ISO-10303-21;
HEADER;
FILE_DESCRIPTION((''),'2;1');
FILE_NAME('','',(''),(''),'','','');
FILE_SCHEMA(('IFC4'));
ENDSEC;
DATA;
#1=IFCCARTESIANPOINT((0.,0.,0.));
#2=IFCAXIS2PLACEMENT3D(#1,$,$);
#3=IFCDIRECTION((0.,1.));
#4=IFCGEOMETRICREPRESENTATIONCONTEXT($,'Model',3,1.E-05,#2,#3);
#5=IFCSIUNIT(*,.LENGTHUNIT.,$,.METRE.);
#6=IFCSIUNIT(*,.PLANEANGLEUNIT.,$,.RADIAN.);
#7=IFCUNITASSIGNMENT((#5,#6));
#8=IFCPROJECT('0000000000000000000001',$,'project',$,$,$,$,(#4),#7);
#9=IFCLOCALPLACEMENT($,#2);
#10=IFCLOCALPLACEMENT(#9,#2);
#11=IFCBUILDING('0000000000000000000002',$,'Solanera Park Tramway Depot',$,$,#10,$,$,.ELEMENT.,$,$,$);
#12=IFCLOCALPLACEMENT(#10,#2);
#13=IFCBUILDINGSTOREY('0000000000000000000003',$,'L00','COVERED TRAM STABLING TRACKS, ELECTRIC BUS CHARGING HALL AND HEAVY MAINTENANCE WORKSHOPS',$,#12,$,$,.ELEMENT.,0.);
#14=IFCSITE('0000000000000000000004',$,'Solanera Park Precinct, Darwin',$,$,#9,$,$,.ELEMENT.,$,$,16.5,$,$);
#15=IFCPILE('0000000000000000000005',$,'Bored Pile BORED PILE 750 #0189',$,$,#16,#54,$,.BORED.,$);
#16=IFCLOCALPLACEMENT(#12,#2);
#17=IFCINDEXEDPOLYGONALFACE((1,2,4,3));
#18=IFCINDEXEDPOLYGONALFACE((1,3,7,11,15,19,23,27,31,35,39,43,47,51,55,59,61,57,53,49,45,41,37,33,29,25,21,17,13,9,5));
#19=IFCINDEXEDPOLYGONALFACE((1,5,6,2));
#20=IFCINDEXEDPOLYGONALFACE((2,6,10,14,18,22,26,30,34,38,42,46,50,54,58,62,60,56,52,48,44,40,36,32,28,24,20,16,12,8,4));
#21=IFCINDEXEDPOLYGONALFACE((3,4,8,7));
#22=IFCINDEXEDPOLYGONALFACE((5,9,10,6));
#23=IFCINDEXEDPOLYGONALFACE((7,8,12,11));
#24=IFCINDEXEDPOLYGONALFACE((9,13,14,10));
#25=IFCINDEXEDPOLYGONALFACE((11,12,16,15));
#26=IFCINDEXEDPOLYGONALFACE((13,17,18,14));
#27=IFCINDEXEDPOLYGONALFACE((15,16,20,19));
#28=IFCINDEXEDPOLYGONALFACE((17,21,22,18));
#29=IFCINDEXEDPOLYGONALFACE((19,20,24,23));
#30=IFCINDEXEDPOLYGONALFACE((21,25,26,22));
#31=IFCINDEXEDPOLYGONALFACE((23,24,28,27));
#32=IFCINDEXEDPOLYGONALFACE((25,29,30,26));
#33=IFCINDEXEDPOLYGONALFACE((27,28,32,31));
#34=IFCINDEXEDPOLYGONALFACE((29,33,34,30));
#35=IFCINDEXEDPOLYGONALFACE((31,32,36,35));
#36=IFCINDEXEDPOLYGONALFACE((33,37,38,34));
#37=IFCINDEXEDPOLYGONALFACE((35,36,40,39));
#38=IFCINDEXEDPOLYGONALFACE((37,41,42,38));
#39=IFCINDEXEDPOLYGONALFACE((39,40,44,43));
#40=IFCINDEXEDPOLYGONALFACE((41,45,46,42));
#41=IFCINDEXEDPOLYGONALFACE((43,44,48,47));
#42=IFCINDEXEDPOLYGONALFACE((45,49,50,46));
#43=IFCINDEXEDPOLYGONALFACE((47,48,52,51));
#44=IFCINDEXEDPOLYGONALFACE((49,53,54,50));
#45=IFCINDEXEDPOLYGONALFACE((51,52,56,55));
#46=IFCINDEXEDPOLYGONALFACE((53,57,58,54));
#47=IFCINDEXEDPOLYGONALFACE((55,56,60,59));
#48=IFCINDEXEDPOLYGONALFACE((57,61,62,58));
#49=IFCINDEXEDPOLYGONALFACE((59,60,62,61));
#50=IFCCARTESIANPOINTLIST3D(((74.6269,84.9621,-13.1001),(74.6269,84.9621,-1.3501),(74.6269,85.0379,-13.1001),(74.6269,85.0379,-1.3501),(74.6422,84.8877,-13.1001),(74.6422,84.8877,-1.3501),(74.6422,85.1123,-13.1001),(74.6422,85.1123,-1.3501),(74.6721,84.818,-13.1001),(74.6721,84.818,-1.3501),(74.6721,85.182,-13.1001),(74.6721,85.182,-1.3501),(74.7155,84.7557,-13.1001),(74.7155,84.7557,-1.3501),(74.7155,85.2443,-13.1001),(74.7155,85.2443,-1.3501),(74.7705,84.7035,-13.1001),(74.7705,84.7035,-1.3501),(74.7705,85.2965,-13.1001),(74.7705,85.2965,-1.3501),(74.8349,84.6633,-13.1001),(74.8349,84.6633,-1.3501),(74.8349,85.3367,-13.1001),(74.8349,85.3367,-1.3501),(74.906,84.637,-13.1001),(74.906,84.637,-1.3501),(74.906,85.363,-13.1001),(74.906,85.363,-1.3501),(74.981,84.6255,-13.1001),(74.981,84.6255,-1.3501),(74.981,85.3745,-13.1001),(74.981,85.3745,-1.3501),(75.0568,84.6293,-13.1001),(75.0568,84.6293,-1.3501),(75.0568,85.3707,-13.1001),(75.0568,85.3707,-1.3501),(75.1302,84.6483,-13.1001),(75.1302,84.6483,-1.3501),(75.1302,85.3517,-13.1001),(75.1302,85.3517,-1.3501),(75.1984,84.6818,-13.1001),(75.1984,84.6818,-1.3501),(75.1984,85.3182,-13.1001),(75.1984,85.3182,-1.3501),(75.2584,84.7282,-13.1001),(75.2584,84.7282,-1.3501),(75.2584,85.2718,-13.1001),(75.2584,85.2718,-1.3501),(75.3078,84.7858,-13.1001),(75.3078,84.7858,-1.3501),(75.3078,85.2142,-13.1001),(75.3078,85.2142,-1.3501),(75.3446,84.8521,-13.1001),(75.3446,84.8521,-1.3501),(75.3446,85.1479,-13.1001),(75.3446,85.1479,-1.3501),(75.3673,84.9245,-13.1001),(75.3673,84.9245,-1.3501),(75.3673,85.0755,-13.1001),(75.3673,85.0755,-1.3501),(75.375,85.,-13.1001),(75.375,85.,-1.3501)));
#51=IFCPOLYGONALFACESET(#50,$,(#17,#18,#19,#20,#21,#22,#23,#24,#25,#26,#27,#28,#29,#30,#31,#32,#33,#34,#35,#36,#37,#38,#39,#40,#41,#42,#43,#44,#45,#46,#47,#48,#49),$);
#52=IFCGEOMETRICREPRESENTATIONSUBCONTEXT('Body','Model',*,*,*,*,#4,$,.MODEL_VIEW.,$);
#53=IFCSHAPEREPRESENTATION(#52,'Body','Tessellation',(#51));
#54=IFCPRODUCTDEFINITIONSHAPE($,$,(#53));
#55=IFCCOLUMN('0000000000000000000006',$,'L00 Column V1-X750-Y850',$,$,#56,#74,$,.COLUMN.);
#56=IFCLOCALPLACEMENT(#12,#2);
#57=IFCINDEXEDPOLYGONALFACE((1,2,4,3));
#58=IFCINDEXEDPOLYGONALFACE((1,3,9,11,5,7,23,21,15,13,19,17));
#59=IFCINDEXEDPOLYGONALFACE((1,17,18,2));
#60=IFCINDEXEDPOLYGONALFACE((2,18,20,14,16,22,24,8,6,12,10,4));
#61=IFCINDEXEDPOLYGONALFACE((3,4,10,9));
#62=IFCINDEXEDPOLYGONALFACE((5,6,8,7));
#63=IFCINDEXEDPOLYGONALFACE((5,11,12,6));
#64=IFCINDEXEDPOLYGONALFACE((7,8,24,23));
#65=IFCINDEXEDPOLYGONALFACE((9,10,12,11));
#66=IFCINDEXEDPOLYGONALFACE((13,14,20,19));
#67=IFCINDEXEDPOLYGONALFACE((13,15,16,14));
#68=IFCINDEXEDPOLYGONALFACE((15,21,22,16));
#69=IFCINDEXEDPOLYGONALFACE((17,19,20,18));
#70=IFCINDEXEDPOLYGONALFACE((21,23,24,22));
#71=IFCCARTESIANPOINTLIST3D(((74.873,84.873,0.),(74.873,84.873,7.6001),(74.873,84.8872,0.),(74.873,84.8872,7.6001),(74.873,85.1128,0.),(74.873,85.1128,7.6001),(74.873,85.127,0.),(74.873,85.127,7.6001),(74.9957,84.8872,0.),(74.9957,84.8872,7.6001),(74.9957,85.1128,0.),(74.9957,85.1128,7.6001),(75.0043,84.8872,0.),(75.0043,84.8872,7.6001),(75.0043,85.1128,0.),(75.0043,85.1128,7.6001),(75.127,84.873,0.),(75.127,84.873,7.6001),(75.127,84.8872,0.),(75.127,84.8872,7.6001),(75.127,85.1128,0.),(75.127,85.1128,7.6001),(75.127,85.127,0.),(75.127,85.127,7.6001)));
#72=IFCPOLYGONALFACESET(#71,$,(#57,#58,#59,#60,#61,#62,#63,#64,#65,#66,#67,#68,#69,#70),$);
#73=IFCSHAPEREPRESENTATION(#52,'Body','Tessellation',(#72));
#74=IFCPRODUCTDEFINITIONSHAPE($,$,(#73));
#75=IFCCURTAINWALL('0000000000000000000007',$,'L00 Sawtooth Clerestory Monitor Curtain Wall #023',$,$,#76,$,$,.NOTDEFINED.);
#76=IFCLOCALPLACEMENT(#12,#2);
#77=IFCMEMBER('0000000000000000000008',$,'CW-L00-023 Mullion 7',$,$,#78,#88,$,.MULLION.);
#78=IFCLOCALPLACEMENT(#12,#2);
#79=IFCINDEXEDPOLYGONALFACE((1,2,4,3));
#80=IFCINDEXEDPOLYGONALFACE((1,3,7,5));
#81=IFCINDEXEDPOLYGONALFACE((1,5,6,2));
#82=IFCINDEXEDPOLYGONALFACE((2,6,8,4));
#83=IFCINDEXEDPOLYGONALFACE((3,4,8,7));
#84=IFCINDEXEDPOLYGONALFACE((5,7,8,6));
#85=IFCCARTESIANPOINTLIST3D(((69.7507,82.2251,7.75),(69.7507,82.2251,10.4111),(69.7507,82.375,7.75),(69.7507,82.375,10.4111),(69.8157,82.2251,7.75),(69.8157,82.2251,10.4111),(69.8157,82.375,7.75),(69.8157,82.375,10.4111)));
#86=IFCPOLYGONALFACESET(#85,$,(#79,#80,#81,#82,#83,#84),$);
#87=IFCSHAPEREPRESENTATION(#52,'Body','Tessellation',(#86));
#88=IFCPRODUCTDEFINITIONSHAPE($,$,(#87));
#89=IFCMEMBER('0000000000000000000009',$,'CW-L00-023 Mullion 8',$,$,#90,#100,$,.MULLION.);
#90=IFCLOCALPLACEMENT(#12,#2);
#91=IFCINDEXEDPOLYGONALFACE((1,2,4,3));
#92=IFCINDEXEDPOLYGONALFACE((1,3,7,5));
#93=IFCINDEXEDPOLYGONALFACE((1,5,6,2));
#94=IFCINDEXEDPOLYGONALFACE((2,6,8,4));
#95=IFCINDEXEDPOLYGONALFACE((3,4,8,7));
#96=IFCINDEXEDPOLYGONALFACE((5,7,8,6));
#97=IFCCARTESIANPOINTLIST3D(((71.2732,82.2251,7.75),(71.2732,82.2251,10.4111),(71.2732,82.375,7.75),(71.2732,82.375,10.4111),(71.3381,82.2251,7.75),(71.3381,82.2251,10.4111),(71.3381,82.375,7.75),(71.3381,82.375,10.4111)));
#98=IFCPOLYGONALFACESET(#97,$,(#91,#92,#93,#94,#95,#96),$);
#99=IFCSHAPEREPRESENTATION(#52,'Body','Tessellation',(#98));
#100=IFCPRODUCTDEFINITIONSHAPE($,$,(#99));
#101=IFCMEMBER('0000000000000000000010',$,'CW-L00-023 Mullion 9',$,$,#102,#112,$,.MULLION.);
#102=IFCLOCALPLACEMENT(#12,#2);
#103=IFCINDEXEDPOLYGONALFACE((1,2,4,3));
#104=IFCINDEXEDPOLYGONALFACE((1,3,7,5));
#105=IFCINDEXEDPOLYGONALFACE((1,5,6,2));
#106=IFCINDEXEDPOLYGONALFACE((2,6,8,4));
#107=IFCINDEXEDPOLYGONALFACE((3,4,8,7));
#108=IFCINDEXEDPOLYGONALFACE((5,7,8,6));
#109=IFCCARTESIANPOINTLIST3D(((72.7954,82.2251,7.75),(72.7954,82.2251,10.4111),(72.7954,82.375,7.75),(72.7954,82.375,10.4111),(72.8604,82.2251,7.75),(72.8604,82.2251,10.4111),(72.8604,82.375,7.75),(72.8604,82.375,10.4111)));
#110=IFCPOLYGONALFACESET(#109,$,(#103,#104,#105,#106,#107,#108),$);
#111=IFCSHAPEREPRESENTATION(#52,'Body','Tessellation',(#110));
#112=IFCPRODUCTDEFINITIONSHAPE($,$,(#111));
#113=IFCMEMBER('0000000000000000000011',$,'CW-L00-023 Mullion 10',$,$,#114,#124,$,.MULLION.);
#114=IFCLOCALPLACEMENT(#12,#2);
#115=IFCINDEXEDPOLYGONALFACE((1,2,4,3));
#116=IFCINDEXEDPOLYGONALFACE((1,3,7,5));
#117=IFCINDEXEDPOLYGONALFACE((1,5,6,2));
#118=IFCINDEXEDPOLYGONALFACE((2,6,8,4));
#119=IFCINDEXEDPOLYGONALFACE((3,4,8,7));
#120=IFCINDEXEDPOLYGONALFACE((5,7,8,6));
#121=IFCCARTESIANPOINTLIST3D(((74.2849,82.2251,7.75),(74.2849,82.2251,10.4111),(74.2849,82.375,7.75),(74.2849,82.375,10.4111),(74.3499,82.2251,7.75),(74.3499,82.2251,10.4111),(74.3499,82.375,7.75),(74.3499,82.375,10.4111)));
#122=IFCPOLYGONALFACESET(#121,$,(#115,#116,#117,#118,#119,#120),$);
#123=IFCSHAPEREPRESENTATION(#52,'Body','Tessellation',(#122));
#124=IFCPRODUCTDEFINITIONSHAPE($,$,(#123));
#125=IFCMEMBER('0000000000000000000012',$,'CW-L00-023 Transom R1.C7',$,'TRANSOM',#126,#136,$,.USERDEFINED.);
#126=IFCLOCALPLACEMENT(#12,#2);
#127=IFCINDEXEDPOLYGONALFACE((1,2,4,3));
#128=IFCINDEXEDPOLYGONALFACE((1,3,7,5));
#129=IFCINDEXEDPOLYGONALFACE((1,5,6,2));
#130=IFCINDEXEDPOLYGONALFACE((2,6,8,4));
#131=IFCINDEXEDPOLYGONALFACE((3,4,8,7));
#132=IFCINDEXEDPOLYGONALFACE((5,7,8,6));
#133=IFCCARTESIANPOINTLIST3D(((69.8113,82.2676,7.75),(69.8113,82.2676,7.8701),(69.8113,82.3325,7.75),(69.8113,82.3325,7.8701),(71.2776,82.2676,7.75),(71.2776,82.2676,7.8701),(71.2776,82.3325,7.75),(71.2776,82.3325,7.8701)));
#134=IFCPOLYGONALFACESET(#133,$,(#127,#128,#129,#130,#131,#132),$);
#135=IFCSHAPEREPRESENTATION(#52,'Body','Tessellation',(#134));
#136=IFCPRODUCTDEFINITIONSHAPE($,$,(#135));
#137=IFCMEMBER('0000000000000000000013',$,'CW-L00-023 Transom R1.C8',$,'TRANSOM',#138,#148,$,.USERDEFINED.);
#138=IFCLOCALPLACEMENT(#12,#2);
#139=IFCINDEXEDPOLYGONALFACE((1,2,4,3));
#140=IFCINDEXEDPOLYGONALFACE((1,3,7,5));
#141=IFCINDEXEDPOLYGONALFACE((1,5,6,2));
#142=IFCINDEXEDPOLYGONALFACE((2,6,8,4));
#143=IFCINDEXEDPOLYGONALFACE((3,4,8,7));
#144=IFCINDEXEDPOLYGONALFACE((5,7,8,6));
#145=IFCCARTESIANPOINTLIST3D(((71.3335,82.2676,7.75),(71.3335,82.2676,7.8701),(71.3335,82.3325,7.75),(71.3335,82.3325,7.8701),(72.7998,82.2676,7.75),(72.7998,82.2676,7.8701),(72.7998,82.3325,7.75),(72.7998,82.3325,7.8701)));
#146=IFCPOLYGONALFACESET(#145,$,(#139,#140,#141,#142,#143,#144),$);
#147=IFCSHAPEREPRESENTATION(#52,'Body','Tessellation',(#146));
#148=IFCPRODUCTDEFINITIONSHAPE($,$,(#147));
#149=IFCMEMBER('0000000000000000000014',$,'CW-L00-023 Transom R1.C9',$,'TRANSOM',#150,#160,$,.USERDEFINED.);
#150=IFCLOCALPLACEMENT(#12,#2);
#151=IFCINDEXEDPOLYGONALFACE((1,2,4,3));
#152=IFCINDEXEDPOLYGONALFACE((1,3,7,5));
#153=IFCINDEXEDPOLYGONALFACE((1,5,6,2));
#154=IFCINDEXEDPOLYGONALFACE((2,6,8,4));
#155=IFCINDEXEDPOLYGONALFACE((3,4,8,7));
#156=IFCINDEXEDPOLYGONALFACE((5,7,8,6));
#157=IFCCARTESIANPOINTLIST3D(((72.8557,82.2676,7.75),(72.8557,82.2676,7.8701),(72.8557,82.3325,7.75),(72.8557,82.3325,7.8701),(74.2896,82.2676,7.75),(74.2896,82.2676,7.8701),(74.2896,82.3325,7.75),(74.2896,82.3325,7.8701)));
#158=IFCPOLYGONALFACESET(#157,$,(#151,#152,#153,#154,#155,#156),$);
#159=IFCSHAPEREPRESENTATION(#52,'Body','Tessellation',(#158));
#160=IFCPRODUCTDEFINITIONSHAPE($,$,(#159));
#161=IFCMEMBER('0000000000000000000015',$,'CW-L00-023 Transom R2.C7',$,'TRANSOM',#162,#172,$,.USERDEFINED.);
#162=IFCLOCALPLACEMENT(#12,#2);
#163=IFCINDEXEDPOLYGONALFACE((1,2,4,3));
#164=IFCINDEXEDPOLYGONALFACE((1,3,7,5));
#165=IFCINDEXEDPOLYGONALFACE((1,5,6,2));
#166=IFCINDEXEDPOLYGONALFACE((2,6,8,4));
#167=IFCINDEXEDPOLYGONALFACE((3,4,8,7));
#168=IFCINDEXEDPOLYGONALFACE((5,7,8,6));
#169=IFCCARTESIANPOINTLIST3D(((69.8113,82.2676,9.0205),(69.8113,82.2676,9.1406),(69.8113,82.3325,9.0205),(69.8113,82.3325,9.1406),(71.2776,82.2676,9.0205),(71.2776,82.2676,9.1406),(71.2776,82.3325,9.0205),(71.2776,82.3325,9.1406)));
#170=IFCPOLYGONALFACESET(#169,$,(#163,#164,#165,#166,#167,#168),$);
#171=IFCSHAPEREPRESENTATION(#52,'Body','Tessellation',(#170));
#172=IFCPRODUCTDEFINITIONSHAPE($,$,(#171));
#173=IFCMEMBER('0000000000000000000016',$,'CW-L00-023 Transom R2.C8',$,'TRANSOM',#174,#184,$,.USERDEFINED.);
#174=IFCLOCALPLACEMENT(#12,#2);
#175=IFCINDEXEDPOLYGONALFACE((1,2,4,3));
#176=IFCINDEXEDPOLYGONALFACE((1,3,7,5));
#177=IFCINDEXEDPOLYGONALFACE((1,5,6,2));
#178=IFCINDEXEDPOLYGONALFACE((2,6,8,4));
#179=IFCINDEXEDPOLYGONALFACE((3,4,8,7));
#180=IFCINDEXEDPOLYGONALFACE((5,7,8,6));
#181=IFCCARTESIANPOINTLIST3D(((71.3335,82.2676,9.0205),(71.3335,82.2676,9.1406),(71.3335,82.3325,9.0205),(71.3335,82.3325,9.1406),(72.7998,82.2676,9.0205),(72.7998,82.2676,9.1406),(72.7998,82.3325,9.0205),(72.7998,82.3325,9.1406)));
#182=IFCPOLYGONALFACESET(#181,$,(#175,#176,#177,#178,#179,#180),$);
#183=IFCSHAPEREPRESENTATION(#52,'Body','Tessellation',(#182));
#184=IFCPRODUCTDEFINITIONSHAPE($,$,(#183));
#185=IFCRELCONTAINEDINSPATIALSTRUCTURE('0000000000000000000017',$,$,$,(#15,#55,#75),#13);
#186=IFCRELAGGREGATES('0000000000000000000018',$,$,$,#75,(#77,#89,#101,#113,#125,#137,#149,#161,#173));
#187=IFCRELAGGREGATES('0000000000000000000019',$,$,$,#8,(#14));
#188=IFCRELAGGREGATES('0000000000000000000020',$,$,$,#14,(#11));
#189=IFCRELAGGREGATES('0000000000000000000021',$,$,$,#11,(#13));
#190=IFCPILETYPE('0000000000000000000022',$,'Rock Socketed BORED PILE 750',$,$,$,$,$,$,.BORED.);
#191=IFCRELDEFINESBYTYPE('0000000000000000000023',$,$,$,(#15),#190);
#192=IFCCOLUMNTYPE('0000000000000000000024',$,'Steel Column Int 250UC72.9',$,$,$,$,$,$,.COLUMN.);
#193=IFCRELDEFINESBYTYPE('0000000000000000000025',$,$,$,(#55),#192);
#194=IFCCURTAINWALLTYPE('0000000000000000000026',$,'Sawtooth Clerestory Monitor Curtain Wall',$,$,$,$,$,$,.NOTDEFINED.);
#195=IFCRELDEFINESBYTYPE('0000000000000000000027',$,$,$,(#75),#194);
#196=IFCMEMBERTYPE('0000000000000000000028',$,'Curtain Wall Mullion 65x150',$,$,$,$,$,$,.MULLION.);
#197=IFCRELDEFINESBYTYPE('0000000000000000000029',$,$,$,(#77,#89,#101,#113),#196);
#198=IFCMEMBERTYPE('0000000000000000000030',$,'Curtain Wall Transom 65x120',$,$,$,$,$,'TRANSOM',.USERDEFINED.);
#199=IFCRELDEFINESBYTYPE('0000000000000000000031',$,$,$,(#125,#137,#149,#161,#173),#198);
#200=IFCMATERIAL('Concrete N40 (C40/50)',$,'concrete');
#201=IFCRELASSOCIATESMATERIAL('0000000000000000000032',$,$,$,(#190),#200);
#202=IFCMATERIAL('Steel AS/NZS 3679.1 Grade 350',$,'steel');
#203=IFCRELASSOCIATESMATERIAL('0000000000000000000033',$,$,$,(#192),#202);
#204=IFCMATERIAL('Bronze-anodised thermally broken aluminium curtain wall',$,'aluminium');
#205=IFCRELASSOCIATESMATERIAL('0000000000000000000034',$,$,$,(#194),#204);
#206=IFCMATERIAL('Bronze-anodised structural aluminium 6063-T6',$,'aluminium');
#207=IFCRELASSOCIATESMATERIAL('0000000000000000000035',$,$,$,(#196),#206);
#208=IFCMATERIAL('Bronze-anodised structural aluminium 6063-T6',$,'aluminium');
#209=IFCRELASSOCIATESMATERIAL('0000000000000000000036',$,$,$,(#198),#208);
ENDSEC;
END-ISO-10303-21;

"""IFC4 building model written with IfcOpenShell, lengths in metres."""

from ifc_helpers import new_model, si_unit, direction, frame, origin, origin_2d, place, context, subcontext, project, spatial, rectangle, circle, i_section, extrude, material, material_profile, profile_set, type_object, element, aggregate, save


model = new_model("IFC4")

# Units and contexts
model_context = context("Model", 3, precision=1e-05, world=origin(), true_north=direction((0.0, 1.0)))
body_context = subcontext(model_context, "Body", "Model", "MODEL_VIEW")
ifc_project = project(units=[si_unit("LENGTHUNIT", "METRE"), si_unit("PLANEANGLEUNIT", "RADIAN")], contexts=[model_context])

# Site, building, storey
site_placement = place(None, origin())
site = spatial("IfcSite", under=ifc_project, at=site_placement, Name="Solanera Park Precinct, Darwin", CompositionType="ELEMENT", RefElevation=16.5)
building_placement = place(site_placement, origin())
building = spatial("IfcBuilding", under=site, at=building_placement, Name="Solanera Park Tramway Depot", CompositionType="ELEMENT")
storey_placement = place(building_placement, origin())
storey = spatial("IfcBuildingStorey", under=building, at=storey_placement, Name="L00", Description="COVERED TRAM STABLING TRACKS, ELECTRIC BUS CHARGING HALL AND HEAVY MAINTENANCE WORKSHOPS", CompositionType="ELEMENT", Elevation=0.0)

# Pile
ifc_material_1 = material(Name="Concrete N40 (C40/50)", Category="concrete")
ifc_material_profile_1 = material_profile(ifc_material_1, circle(Radius=0.375, at=origin_2d()), Name="BORED PILE 750")
ifc_profile_set_1 = profile_set([ifc_material_profile_1], Name="Concrete N40 (C40/50)")
pile_type = type_object("IfcPileType", Name="Rock Socketed BORED PILE 750", PredefinedType="BORED", material=ifc_profile_set_1)
pile_placement = place(storey_placement, frame((75.0, 85.0, -1.3501), z_axis=(0.0, 0.0, -1.0), x_axis=(1.0, 0.0, 0.0)))
element("IfcPile", 1, at=pile_placement, inside=storey, type_object=pile_type, Name="Bored Pile BORED PILE 750 #0189", PredefinedType="BORED", context=body_context, shape_type="SweptSolid", body=[
    extrude(circle(Radius=0.375, at=origin_2d()), origin(), (0.0, 0.0, 1.0), 11.75),
])

# Column
ifc_material_2 = material(Name="Steel AS/NZS 3679.1 Grade 350", Category="steel")
ifc_material_profile_2 = material_profile(ifc_material_2, i_section(OverallWidth=0.2539, OverallDepth=0.2539, WebThickness=0.0085, FlangeThickness=0.0142, at=origin_2d()), Name="250UC72.9")
ifc_profile_set_2 = profile_set([ifc_material_profile_2], Name="Steel AS/NZS 3679.1 Grade 350")
column_type = type_object("IfcColumnType", Name="Steel Column Int 250UC72.9", PredefinedType="COLUMN", material=ifc_profile_set_2)
column_placement = place(storey_placement, frame((75.0, 85.0, 0.0), z_axis=(0.0, 0.0, 1.0), x_axis=(1.0, 0.0, 0.0)))
element("IfcColumn", 2, at=column_placement, inside=storey, type_object=column_type, Name="L00 Column V1-X750-Y850", PredefinedType="COLUMN", context=body_context, shape_type="SweptSolid", body=[
    extrude(i_section(OverallWidth=0.2539, OverallDepth=0.2539, WebThickness=0.0085, FlangeThickness=0.0142, at=origin_2d()), origin(), (0.0, 0.0, 1.0), 7.6001),
])

# Curtain wall, members
ifc_material_3 = material(Name="Bronze-anodised thermally broken aluminium curtain wall", Category="aluminium")
curtain_wall_type = type_object("IfcCurtainWallType", Name="Sawtooth Clerestory Monitor Curtain Wall", PredefinedType="NOTDEFINED", material=ifc_material_3)
curtain_wall_placement = place(storey_placement, origin())
curtain_wall = element("IfcCurtainWall", 3, at=curtain_wall_placement, inside=storey, type_object=curtain_wall_type, Name="L00 Sawtooth Clerestory Monitor Curtain Wall #023", PredefinedType="NOTDEFINED")
ifc_material_4 = material(Name="Bronze-anodised structural aluminium 6063-T6", Category="aluminium")
ifc_material_profile_3 = material_profile(ifc_material_4, rectangle(XDim=0.0649, YDim=0.1499, at=origin_2d()), Name="Curtain Wall Mullion 65x150")
ifc_profile_set_3 = profile_set([ifc_material_profile_3], Name="Bronze-anodised structural aluminium 6063-T6")
member_type_1 = type_object("IfcMemberType", Name="Curtain Wall Mullion 65x150", PredefinedType="MULLION", material=ifc_profile_set_3)
member_1_placement = place(storey_placement, frame((69.7832, 82.3, 7.75), z_axis=(0.0, 0.0, 1.0), x_axis=(1.0, 0.0, 0.0)))
member_1 = element("IfcMember", 4, at=member_1_placement, type_object=member_type_1, Name="CW-L00-023 Mullion 7", PredefinedType="MULLION", context=body_context, shape_type="SweptSolid", body=[
    extrude(rectangle(XDim=0.0649, YDim=0.1499, at=origin_2d()), origin(), (0.0, 0.0, 1.0), 2.6611),
])
member_2_placement = place(storey_placement, frame((71.3057, 82.3, 7.75), z_axis=(0.0, 0.0, 1.0), x_axis=(1.0, 0.0, 0.0)))
member_2 = element("IfcMember", 5, at=member_2_placement, type_object=member_type_1, Name="CW-L00-023 Mullion 8", PredefinedType="MULLION", context=body_context, shape_type="SweptSolid", body=[
    extrude(rectangle(XDim=0.0649, YDim=0.1499, at=origin_2d()), origin(), (0.0, 0.0, 1.0), 2.6611),
])
member_3_placement = place(storey_placement, frame((72.8279, 82.3, 7.75), z_axis=(0.0, 0.0, 1.0), x_axis=(1.0, 0.0, 0.0)))
member_3 = element("IfcMember", 6, at=member_3_placement, type_object=member_type_1, Name="CW-L00-023 Mullion 9", PredefinedType="MULLION", context=body_context, shape_type="SweptSolid", body=[
    extrude(rectangle(XDim=0.0649, YDim=0.1499, at=origin_2d()), origin(), (0.0, 0.0, 1.0), 2.6611),
])
member_4_placement = place(storey_placement, frame((74.3174, 82.3, 7.75), z_axis=(0.0, 0.0, 1.0), x_axis=(1.0, 0.0, 0.0)))
member_4 = element("IfcMember", 7, at=member_4_placement, type_object=member_type_1, Name="CW-L00-023 Mullion 10", PredefinedType="MULLION", context=body_context, shape_type="SweptSolid", body=[
    extrude(rectangle(XDim=0.0649, YDim=0.1499, at=origin_2d()), origin(), (0.0, 0.0, 1.0), 2.6611),
])
ifc_material_5 = material(Name="Bronze-anodised structural aluminium 6063-T6", Category="aluminium")
ifc_material_profile_4 = material_profile(ifc_material_5, rectangle(XDim=0.0649, YDim=0.1201, at=origin_2d()), Name="Curtain Wall Transom 65x120")
ifc_profile_set_4 = profile_set([ifc_material_profile_4], Name="Bronze-anodised structural aluminium 6063-T6")
member_type_2 = type_object("IfcMemberType", Name="Curtain Wall Transom 65x120", ElementType="TRANSOM", PredefinedType="USERDEFINED", material=ifc_profile_set_4)
member_5_placement = place(storey_placement, frame((69.8113, 82.3, 7.8101), z_axis=(1.0, 0.0, 0.0), x_axis=(0.0, 1.0, 0.0)))
member_5 = element("IfcMember", 8, at=member_5_placement, type_object=member_type_2, Name="CW-L00-023 Transom R1.C7", ObjectType="TRANSOM", PredefinedType="USERDEFINED", context=body_context, shape_type="SweptSolid", body=[
    extrude(rectangle(XDim=0.0649, YDim=0.1201, at=origin_2d()), origin(), (0.0, 0.0, 1.0), 1.4663),
])
member_6_placement = place(storey_placement, frame((71.3335, 82.3, 7.8101), z_axis=(1.0, 0.0, 0.0), x_axis=(0.0, 1.0, 0.0)))
member_6 = element("IfcMember", 9, at=member_6_placement, type_object=member_type_2, Name="CW-L00-023 Transom R1.C8", ObjectType="TRANSOM", PredefinedType="USERDEFINED", context=body_context, shape_type="SweptSolid", body=[
    extrude(rectangle(XDim=0.0649, YDim=0.1201, at=origin_2d()), origin(), (0.0, 0.0, 1.0), 1.4663),
])
member_7_placement = place(storey_placement, frame((72.8557, 82.3, 7.8101), z_axis=(1.0, 0.0, 0.0), x_axis=(0.0, 1.0, 0.0)))
member_7 = element("IfcMember", 10, at=member_7_placement, type_object=member_type_2, Name="CW-L00-023 Transom R1.C9", ObjectType="TRANSOM", PredefinedType="USERDEFINED", context=body_context, shape_type="SweptSolid", body=[
    extrude(rectangle(XDim=0.0649, YDim=0.1201, at=origin_2d()), origin(), (0.0, 0.0, 1.0), 1.4338),
])
member_8_placement = place(storey_placement, frame((69.8113, 82.3, 9.0806), z_axis=(1.0, 0.0, 0.0), x_axis=(0.0, 1.0, 0.0)))
member_8 = element("IfcMember", 11, at=member_8_placement, type_object=member_type_2, Name="CW-L00-023 Transom R2.C7", ObjectType="TRANSOM", PredefinedType="USERDEFINED", context=body_context, shape_type="SweptSolid", body=[
    extrude(rectangle(XDim=0.0649, YDim=0.1201, at=origin_2d()), origin(), (0.0, 0.0, 1.0), 1.4663),
])
member_9_placement = place(storey_placement, frame((71.3335, 82.3, 9.0806), z_axis=(1.0, 0.0, 0.0), x_axis=(0.0, 1.0, 0.0)))
member_9 = element("IfcMember", 12, at=member_9_placement, type_object=member_type_2, Name="CW-L00-023 Transom R2.C8", ObjectType="TRANSOM", PredefinedType="USERDEFINED", context=body_context, shape_type="SweptSolid", body=[
    extrude(rectangle(XDim=0.0649, YDim=0.1201, at=origin_2d()), origin(), (0.0, 0.0, 1.0), 1.4663),
])

aggregate(curtain_wall, [member_1, member_2, member_3, member_4, member_5, member_6, member_7, member_8, member_9])

save(model, "model.ifc")
